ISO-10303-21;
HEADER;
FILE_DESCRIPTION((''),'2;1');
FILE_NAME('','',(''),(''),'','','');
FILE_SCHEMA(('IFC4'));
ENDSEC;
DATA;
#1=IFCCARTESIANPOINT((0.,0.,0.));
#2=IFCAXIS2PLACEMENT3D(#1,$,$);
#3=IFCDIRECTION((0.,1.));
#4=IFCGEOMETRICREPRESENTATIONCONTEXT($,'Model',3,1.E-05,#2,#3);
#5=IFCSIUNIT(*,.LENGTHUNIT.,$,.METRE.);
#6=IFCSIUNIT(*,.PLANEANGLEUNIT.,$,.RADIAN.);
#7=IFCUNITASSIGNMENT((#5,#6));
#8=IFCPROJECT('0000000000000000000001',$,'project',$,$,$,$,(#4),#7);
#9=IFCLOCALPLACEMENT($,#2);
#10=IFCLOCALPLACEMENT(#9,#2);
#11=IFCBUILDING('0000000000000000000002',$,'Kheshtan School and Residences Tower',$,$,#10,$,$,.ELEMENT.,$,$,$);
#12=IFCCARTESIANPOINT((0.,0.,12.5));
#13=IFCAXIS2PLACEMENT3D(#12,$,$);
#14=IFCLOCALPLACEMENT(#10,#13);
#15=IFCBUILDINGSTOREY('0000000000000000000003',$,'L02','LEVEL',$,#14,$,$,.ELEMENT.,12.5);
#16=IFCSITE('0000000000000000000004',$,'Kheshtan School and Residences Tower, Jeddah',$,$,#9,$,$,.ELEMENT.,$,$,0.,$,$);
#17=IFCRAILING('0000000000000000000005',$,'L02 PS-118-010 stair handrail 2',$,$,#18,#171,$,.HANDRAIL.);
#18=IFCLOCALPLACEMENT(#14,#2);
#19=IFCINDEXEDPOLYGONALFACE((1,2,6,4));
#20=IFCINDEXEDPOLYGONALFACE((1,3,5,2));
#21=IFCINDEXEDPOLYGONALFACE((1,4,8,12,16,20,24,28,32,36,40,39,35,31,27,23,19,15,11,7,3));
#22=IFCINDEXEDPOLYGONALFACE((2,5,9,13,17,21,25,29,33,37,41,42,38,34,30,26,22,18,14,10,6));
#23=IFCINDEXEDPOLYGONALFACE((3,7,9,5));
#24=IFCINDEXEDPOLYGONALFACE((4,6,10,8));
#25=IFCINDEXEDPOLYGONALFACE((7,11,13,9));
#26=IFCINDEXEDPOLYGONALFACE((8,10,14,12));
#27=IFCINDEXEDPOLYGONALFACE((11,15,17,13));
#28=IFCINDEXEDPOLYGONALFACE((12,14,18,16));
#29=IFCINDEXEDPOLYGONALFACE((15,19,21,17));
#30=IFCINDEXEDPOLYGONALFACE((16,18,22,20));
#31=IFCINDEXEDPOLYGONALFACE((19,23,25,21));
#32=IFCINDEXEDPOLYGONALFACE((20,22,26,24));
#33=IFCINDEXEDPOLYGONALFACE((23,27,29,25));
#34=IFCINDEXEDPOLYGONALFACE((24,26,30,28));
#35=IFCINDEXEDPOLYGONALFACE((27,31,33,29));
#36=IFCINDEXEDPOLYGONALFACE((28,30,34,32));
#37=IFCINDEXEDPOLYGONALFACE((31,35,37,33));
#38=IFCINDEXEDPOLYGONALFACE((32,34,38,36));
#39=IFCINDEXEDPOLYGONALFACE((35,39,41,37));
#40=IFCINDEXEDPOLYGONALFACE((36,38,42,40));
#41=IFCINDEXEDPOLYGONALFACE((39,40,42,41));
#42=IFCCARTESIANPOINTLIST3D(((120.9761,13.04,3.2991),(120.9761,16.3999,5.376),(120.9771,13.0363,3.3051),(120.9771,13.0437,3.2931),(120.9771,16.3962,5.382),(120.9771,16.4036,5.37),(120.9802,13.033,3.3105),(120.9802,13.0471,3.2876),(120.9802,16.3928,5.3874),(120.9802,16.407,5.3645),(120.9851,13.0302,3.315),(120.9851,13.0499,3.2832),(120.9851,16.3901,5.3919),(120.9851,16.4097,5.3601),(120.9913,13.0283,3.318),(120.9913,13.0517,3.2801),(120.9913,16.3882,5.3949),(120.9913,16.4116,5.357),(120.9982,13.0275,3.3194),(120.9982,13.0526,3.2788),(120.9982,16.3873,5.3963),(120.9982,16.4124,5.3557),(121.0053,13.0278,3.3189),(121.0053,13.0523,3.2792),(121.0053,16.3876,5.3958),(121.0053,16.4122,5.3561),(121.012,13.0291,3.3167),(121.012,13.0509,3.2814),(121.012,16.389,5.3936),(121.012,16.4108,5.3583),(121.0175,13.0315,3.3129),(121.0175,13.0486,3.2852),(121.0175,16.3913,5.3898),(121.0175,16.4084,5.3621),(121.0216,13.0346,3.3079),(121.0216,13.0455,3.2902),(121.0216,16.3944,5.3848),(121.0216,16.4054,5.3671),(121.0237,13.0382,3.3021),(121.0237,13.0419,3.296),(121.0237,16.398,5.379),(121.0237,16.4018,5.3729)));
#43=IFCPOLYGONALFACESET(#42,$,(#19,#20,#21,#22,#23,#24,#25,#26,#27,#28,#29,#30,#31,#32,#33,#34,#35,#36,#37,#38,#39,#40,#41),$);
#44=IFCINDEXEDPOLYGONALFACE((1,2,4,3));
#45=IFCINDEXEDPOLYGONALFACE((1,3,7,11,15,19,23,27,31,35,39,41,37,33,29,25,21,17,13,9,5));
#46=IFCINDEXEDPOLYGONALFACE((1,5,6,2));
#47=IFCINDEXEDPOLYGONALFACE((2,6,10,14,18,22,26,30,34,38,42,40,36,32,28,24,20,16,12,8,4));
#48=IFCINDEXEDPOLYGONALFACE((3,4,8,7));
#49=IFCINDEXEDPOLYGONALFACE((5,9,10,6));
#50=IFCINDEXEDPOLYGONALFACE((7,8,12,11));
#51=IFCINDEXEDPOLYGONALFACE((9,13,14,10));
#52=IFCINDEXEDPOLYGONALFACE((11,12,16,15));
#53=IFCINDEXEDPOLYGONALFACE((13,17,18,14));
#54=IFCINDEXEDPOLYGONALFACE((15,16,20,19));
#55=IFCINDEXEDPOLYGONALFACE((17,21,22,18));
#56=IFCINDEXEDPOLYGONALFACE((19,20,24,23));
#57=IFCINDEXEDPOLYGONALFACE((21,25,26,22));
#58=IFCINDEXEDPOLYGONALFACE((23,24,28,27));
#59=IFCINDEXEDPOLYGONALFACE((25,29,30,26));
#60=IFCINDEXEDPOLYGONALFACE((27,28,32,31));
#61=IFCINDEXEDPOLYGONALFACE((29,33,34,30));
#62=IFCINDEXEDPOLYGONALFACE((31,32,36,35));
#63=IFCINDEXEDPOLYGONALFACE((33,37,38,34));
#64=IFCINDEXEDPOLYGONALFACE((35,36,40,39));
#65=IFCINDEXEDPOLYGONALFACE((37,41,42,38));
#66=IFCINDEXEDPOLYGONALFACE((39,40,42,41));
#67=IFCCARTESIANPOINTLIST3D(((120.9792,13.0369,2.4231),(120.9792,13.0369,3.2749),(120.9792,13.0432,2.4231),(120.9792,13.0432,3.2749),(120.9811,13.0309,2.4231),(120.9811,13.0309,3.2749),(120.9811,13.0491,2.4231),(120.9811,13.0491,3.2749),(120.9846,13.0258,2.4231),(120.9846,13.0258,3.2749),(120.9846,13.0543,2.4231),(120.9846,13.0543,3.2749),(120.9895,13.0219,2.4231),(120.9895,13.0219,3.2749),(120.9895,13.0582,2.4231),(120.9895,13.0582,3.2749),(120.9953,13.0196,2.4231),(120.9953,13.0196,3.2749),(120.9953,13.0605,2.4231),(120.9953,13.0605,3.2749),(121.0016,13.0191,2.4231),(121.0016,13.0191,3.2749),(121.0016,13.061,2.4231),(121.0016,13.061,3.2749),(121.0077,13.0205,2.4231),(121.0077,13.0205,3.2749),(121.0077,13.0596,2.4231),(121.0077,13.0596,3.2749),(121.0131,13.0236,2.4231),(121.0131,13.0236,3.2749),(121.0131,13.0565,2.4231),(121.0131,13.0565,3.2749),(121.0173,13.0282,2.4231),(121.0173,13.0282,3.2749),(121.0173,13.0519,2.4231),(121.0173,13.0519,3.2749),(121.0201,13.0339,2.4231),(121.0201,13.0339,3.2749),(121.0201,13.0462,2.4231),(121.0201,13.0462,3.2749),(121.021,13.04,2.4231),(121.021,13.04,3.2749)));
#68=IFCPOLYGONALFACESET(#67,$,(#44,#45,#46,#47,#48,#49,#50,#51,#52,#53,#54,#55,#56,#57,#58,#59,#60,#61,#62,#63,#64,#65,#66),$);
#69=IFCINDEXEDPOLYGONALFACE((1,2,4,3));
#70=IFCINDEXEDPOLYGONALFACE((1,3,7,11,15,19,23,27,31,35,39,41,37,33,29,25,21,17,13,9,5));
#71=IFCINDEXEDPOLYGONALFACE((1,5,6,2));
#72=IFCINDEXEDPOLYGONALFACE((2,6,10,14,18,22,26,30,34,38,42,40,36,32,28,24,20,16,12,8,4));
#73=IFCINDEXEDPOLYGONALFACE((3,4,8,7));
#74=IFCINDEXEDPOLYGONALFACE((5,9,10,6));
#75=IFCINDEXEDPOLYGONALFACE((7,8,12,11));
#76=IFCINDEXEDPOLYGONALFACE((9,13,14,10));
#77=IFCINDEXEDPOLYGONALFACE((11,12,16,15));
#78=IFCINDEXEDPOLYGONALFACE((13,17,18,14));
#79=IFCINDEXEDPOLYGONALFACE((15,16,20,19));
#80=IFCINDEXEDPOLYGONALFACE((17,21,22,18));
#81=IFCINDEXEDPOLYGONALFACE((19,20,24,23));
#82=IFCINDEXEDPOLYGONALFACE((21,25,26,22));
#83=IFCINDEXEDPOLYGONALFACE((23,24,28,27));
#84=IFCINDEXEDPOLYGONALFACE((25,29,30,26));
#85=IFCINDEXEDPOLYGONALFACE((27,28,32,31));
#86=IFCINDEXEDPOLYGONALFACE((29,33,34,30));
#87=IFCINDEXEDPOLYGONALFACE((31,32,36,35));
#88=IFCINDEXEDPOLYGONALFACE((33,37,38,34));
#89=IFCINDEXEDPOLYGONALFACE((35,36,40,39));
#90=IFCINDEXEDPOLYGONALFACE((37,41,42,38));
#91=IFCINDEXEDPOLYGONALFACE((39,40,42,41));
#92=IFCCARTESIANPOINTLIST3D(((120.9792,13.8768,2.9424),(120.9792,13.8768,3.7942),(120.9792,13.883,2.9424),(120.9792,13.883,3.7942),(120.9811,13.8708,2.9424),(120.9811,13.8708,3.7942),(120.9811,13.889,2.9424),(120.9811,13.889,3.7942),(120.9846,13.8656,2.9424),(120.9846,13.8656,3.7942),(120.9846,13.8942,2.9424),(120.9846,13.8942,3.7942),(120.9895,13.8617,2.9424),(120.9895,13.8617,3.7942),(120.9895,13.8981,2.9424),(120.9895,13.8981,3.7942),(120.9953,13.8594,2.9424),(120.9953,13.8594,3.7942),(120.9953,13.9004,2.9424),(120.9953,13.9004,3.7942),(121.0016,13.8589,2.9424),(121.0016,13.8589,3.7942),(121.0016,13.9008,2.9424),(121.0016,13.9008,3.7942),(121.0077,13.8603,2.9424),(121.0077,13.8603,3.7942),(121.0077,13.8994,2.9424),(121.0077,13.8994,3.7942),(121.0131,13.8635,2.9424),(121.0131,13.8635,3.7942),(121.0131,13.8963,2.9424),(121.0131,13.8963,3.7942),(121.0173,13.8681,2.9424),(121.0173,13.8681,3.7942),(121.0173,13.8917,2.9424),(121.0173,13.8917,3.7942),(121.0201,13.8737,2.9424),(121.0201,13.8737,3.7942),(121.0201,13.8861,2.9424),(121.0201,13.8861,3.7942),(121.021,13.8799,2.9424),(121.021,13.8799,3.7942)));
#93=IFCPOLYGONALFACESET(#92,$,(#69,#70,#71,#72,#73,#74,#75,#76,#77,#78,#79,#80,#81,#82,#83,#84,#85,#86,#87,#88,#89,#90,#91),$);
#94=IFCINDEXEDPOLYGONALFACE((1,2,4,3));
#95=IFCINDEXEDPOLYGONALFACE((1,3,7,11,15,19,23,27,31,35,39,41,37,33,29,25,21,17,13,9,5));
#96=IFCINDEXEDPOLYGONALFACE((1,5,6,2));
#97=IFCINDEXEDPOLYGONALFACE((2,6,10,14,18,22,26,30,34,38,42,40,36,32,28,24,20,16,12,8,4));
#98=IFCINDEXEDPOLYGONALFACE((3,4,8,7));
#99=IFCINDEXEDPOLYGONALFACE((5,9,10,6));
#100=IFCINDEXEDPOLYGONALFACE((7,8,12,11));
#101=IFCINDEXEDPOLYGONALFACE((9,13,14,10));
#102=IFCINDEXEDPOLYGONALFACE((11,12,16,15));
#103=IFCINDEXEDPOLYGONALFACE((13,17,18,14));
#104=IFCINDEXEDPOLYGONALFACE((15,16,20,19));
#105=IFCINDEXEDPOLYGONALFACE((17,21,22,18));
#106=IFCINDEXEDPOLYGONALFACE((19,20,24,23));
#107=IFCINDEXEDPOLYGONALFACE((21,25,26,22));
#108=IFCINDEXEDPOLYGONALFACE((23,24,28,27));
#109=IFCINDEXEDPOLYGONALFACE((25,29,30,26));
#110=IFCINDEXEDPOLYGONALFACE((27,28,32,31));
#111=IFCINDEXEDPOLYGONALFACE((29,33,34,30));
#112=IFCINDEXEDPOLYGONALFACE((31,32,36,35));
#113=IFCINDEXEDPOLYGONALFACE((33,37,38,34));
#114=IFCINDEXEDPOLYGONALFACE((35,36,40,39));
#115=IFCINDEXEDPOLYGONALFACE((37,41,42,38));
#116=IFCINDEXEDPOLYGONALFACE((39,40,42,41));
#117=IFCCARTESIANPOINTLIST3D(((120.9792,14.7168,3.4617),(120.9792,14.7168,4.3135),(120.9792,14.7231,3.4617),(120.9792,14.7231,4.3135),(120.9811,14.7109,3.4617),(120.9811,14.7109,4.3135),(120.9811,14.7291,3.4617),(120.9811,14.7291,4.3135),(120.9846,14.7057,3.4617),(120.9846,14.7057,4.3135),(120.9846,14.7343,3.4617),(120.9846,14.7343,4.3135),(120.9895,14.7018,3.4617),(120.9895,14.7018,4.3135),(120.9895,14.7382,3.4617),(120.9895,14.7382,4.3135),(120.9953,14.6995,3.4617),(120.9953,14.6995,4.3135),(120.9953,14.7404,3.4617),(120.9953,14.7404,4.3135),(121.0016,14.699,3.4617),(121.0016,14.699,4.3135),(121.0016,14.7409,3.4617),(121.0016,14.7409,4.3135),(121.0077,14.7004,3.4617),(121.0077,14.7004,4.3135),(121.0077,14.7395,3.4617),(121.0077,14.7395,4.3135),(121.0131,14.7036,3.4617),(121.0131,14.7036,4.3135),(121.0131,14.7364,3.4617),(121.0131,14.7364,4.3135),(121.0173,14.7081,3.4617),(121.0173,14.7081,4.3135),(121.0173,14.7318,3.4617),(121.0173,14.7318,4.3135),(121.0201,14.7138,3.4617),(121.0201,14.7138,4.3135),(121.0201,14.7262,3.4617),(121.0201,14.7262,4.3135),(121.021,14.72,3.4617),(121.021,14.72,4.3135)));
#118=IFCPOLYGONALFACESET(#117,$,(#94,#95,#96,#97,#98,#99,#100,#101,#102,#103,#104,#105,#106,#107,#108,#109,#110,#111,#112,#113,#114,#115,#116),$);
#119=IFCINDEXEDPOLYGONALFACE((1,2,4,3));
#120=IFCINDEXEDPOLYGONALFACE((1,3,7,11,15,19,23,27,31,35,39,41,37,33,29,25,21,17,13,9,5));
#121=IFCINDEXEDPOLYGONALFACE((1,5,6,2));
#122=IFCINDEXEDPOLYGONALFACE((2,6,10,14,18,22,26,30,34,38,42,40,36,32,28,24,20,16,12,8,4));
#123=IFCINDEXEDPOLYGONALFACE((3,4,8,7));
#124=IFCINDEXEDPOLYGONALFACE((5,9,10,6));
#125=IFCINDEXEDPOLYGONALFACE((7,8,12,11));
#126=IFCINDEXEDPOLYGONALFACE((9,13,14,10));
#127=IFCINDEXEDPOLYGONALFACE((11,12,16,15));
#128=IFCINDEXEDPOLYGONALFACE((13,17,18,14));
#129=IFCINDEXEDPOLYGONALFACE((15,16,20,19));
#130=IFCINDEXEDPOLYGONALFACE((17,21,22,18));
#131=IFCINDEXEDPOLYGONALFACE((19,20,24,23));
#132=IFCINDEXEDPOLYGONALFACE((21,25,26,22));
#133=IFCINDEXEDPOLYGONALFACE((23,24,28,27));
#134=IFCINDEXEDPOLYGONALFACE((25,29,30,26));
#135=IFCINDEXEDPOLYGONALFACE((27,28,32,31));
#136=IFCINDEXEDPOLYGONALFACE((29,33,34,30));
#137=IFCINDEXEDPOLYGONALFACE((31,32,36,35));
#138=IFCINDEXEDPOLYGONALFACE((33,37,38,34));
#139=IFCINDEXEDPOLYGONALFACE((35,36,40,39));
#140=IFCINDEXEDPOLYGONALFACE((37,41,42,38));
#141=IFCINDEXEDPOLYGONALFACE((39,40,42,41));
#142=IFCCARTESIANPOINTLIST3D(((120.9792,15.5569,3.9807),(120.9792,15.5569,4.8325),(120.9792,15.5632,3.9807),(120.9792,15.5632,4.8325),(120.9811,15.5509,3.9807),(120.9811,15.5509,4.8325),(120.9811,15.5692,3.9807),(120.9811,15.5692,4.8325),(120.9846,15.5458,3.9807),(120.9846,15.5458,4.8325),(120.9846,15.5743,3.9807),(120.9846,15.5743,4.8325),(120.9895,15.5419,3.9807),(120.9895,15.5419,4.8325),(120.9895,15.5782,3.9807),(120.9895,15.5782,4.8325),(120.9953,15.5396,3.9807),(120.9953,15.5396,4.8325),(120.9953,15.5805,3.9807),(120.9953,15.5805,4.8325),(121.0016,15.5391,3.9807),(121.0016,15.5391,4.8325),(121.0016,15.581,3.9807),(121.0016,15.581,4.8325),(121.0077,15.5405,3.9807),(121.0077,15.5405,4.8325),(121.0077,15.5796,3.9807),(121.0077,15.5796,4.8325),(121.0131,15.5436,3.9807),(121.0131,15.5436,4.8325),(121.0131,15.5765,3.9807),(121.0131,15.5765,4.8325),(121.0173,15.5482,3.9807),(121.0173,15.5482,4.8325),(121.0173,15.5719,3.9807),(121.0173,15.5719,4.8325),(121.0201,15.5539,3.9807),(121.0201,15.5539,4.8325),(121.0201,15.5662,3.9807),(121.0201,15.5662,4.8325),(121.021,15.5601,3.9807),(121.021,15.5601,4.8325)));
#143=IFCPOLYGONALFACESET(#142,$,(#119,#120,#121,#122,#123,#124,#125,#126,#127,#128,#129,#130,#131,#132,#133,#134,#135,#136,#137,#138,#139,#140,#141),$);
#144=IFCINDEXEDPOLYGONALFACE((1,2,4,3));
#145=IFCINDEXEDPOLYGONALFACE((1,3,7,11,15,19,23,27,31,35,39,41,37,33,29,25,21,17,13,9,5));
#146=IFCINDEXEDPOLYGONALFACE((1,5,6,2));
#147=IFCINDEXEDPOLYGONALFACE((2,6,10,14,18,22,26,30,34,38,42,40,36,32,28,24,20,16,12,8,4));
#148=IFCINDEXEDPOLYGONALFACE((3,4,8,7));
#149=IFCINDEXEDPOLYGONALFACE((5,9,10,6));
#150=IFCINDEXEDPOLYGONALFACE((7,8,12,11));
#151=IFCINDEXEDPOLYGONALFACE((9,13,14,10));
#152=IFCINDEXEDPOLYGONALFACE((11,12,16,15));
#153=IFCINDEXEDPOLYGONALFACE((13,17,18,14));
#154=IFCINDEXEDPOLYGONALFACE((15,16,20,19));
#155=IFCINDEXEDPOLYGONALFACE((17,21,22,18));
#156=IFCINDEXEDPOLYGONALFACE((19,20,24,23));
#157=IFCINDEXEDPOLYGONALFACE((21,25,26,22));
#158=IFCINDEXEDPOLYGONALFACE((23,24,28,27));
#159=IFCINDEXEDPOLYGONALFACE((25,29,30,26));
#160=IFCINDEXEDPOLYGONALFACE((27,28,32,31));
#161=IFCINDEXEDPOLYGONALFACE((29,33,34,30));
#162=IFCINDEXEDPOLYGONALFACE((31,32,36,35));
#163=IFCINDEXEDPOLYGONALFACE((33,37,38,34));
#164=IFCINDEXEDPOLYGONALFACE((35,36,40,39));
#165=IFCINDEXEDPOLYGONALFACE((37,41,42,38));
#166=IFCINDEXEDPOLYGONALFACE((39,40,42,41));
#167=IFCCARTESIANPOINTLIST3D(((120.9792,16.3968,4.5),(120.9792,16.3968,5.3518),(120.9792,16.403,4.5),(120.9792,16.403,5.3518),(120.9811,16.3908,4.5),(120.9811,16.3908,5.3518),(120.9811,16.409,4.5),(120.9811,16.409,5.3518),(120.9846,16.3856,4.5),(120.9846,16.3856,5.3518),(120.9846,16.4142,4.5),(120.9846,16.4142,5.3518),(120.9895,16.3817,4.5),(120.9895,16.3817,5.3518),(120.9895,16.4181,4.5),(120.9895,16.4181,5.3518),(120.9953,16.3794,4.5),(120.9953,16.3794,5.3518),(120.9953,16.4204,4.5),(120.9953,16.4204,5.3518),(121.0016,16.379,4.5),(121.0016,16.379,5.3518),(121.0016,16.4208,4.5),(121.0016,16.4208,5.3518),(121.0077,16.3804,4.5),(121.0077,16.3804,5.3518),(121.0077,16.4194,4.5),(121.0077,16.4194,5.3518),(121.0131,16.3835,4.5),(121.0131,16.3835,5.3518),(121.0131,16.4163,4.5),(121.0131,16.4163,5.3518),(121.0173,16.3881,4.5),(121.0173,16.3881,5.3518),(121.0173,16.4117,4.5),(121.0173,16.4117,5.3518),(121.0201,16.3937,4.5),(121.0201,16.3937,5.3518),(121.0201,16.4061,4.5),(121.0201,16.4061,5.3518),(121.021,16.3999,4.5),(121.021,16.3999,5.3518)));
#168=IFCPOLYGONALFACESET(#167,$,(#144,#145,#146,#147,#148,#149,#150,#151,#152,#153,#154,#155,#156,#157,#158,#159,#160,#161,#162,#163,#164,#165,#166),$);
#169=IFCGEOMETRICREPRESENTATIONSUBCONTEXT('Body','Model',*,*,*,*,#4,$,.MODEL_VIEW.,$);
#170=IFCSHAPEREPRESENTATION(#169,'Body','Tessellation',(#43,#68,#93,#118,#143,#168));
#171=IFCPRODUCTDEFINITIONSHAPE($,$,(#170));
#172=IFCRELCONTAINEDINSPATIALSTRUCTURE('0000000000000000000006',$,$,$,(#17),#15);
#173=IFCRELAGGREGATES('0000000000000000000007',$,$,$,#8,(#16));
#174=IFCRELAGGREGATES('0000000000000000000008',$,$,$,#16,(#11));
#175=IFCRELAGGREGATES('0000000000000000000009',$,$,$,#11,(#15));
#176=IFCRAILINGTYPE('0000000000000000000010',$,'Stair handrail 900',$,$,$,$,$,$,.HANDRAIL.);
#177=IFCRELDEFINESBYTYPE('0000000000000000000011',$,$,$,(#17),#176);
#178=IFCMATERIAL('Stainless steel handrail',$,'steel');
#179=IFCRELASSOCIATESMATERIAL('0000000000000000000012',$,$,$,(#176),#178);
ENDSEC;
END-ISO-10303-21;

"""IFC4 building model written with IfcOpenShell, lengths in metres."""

from ifc_helpers import new_model, si_unit, direction, frame, origin, origin_2d, place, context, subcontext, project, spatial, circle, extrude, material, type_object, element, save


model = new_model("IFC4")

# Units and contexts
model_context = context("Model", 3, precision=1e-05, world=origin(), true_north=direction((0.0, 1.0)))
body_context = subcontext(model_context, "Body", "Model", "MODEL_VIEW")
ifc_project = project(units=[si_unit("LENGTHUNIT", "METRE"), si_unit("PLANEANGLEUNIT", "RADIAN")], contexts=[model_context])

# Site, building, storey
site_placement = place(None, origin())
site = spatial("IfcSite", under=ifc_project, at=site_placement, Name="Kheshtan School and Residences Tower, Jeddah", CompositionType="ELEMENT", RefElevation=0.0)
building_placement = place(site_placement, origin())
building = spatial("IfcBuilding", under=site, at=building_placement, Name="Kheshtan School and Residences Tower", CompositionType="ELEMENT")
storey_placement = place(building_placement, frame((0.0, 0.0, 12.5)))
storey = spatial("IfcBuildingStorey", under=building, at=storey_placement, Name="L02", Description="LEVEL", CompositionType="ELEMENT", Elevation=12.5)

# Railing
ifc_material_1 = material(Name="Stainless steel handrail", Category="steel")
railing_type = type_object("IfcRailingType", Name="Stair handrail 900", PredefinedType="HANDRAIL", material=ifc_material_1)
railing_placement = place(storey_placement, frame((121.0, 13.04, 2.4231)))
element("IfcRailing", 1, at=railing_placement, inside=storey, type_object=railing_type, Name="L02 PS-118-010 stair handrail 2", PredefinedType="HANDRAIL", context=body_context, shape_type="SweptSolid", body=[
    extrude(circle(Radius=0.0239, at=origin_2d()), frame((0.0, 0.0, 0.876), z_axis=(0.0, 0.850606, 0.525803), x_axis=(-1.0, 0.0, 0.0)), (0.0, 0.0, 1.0), 3.95),
    extrude(circle(Radius=0.021, at=origin_2d()), origin(), (0.0, 0.0, 1.0), 0.8518),
    extrude(circle(Radius=0.021, at=origin_2d()), frame((0.0, 0.8398, 0.5193)), (0.0, 0.0, 1.0), 0.8518),
    extrude(circle(Radius=0.021, at=origin_2d()), frame((0.0, 1.6799, 1.0386)), (0.0, 0.0, 1.0), 0.8518),
    extrude(circle(Radius=0.021, at=origin_2d()), frame((0.0, 2.52, 1.5576)), (0.0, 0.0, 1.0), 0.8518),
    extrude(circle(Radius=0.021, at=origin_2d()), frame((0.0, 3.3599, 2.0769)), (0.0, 0.0, 1.0), 0.8518),
])

save(model, "model.ifc")
